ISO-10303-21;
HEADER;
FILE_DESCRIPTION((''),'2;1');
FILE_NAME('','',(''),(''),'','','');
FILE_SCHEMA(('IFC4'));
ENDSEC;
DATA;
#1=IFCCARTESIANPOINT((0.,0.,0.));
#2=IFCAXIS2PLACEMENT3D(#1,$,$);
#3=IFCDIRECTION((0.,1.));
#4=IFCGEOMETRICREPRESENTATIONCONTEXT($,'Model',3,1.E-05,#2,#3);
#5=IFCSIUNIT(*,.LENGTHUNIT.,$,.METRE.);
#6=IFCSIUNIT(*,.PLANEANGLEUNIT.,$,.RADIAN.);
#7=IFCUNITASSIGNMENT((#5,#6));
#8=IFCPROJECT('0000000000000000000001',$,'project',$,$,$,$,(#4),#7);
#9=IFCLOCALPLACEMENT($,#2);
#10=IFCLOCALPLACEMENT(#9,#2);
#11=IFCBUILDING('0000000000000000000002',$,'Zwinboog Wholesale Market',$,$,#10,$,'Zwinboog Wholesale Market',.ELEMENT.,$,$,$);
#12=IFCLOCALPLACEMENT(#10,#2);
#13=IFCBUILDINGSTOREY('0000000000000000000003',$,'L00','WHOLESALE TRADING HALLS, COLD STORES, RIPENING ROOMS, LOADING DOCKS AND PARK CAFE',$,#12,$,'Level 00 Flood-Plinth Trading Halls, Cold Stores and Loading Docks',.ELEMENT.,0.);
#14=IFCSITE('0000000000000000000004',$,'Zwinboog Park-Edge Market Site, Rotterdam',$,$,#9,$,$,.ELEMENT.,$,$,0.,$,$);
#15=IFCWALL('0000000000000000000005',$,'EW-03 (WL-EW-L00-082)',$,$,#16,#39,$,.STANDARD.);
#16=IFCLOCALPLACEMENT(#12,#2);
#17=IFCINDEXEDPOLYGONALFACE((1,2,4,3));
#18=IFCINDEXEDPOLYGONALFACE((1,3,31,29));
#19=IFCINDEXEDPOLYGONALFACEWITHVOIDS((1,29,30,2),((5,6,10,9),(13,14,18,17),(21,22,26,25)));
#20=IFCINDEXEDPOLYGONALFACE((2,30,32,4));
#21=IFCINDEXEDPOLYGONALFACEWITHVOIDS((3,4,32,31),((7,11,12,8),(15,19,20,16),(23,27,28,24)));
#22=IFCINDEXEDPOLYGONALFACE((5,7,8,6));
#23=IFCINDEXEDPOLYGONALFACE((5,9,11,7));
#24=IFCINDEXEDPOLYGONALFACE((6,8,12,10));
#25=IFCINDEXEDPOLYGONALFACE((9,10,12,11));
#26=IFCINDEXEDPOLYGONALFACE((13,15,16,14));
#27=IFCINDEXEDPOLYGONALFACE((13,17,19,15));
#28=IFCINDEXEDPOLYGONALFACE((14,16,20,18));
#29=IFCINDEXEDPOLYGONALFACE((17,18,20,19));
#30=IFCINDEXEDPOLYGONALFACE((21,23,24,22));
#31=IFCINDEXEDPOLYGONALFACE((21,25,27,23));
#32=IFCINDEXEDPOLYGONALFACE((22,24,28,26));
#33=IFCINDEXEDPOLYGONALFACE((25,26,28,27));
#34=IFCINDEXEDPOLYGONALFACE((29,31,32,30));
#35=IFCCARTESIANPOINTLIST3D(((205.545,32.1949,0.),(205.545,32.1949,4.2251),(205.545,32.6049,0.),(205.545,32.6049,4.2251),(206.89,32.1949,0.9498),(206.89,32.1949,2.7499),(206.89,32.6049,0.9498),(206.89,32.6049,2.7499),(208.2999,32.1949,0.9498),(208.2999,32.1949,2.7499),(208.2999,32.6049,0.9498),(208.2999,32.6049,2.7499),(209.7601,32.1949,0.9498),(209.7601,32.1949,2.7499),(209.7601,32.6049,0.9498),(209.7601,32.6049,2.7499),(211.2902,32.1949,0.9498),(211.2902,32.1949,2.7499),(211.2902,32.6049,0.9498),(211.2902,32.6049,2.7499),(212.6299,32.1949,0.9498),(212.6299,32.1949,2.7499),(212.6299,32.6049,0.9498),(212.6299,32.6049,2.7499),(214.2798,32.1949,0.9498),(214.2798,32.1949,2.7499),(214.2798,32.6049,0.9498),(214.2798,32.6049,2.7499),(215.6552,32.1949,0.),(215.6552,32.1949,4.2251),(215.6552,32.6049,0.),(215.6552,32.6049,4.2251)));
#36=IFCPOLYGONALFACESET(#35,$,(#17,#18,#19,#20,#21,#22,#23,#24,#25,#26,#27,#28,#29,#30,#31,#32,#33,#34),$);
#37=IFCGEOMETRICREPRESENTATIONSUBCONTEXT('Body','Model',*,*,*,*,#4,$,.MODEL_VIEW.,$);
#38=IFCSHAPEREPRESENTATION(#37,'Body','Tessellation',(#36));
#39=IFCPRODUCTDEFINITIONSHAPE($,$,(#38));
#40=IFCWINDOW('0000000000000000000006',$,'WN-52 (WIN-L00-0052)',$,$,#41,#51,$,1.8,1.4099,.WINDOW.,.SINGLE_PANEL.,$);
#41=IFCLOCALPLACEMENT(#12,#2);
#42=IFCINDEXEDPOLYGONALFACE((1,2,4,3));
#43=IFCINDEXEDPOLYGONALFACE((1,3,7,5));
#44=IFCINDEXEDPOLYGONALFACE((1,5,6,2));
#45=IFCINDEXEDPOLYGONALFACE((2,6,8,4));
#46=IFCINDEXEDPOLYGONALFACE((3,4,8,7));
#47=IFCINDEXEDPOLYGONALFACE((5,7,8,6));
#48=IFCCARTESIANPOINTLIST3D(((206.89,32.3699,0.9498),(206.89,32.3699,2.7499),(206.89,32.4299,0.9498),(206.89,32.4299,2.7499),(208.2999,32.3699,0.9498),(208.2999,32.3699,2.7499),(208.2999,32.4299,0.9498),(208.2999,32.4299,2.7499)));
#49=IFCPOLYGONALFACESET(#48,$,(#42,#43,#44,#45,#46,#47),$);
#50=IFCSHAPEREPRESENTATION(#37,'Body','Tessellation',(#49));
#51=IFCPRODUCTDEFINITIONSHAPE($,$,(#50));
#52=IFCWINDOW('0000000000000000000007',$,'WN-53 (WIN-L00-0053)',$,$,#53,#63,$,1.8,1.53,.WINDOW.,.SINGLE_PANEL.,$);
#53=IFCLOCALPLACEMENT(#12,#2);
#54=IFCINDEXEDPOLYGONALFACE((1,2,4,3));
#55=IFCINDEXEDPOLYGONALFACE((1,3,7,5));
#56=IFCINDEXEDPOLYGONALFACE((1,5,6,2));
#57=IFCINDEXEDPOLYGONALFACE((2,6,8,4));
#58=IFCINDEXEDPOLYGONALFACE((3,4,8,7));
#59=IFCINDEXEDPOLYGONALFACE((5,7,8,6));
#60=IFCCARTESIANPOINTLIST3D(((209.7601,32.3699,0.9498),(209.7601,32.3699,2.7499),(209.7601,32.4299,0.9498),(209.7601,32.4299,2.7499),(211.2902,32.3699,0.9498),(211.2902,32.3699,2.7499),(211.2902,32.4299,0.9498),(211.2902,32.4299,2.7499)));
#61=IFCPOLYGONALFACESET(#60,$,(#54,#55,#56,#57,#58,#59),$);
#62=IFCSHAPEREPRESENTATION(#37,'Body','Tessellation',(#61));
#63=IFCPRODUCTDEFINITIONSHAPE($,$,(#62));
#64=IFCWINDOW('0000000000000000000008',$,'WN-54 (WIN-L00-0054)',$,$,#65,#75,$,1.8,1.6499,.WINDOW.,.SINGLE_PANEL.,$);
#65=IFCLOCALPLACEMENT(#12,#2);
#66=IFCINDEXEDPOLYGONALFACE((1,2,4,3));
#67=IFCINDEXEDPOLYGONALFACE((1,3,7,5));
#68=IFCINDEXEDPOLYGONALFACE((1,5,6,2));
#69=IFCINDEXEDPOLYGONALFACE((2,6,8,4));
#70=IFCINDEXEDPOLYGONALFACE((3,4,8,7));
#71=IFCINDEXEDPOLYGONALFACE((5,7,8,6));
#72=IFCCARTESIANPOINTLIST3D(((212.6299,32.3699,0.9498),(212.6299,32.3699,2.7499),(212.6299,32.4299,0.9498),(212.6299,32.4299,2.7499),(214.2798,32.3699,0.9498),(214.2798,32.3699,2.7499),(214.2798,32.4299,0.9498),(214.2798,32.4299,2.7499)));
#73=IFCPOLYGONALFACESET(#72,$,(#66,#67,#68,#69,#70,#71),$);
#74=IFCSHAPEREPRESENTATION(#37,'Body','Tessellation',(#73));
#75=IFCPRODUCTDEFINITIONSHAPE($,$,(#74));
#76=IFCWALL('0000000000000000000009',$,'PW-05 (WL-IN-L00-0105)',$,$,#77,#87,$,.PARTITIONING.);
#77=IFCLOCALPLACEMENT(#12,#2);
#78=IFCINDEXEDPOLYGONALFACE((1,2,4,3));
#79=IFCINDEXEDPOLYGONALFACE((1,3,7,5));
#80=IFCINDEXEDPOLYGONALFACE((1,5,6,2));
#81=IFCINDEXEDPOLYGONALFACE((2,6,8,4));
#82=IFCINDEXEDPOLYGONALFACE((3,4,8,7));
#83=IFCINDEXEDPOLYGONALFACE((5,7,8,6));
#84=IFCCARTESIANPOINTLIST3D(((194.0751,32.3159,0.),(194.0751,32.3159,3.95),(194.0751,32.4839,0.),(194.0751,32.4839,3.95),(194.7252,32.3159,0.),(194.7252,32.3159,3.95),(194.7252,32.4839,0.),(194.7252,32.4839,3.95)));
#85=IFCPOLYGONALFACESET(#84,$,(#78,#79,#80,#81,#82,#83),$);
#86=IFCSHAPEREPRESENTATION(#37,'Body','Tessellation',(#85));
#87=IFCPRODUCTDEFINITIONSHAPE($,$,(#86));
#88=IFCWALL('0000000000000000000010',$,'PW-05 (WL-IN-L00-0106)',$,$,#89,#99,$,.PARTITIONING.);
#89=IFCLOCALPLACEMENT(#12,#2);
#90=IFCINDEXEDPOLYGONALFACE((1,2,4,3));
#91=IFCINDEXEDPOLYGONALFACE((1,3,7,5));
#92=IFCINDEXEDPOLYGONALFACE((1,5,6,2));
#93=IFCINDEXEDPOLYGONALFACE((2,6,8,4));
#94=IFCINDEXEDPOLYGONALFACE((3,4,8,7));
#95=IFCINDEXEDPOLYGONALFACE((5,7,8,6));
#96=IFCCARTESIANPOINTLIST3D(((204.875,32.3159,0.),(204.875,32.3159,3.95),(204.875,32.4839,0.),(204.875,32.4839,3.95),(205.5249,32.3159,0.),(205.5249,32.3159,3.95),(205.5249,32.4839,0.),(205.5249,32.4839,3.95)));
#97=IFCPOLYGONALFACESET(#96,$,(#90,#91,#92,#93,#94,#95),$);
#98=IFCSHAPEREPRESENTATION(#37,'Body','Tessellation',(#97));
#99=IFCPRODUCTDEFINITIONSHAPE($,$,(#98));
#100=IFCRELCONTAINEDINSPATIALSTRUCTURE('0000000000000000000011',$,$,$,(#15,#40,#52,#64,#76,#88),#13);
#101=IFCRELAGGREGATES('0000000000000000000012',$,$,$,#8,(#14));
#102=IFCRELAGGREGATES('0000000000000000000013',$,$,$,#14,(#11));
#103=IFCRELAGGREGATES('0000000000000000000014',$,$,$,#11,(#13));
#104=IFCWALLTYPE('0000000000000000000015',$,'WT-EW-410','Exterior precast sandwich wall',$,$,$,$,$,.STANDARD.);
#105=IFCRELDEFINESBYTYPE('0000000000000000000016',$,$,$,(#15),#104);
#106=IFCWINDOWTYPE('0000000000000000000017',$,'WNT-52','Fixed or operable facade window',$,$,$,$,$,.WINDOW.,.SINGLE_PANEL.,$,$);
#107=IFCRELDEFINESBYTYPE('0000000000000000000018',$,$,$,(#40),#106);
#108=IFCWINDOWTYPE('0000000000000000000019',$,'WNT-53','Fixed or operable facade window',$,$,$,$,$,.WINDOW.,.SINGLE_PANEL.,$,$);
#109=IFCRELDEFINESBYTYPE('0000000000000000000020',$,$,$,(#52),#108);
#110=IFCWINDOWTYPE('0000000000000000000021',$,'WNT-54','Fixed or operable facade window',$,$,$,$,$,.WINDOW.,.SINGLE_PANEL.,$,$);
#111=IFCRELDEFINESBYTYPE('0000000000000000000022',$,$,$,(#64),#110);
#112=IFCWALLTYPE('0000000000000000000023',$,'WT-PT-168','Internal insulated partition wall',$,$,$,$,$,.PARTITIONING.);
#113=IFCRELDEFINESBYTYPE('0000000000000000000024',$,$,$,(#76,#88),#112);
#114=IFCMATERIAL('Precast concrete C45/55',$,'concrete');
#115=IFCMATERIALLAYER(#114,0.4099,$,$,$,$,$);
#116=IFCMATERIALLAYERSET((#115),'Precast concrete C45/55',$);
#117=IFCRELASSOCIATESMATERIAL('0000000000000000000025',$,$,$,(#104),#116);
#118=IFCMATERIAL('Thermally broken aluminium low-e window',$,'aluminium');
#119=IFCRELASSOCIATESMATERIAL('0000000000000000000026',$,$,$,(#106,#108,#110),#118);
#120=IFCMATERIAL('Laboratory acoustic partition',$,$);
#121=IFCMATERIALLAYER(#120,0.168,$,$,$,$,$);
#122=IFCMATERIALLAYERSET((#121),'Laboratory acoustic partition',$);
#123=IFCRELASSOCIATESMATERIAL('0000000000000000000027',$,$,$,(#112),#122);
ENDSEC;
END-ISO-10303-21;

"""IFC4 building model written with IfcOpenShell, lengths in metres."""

from ifc_helpers import new_model, si_unit, direction, frame, frame_2d, origin, place, context, subcontext, project, spatial, rectangle, extrude, material, layer, layer_set, type_object, element, fill, save


model = new_model("IFC4")

# Units and contexts
model_context = context("Model", 3, precision=1e-05, world=origin(), true_north=direction((0.0, 1.0)))
body_context = subcontext(model_context, "Body", "Model", "MODEL_VIEW")
ifc_project = project(units=[si_unit("LENGTHUNIT", "METRE"), si_unit("PLANEANGLEUNIT", "RADIAN")], contexts=[model_context])

# Site, building, storey
site_placement = place(None, origin())
site = spatial("IfcSite", under=ifc_project, at=site_placement, Name="Zwinboog Park-Edge Market Site, Rotterdam", CompositionType="ELEMENT", RefElevation=0.0)
building_placement = place(site_placement, origin())
building = spatial("IfcBuilding", under=site, at=building_placement, Name="Zwinboog Wholesale Market", LongName="Zwinboog Wholesale Market", CompositionType="ELEMENT")
storey_placement = place(building_placement, origin())
storey = spatial("IfcBuildingStorey", under=building, at=storey_placement, Name="L00", Description="WHOLESALE TRADING HALLS, COLD STORES, RIPENING ROOMS, LOADING DOCKS AND PARK CAFE", LongName="Level 00 Flood-Plinth Trading Halls, Cold Stores and Loading Docks", CompositionType="ELEMENT", Elevation=0.0)

# Shared definitions
ifc_material_1 = material(Name="Precast concrete C45/55", Category="concrete")

# Wall, openings, windows
ifc_layer_1 = layer(ifc_material_1, 0.4099)
ifc_layer_set_1 = layer_set([ifc_layer_1], Name="Precast concrete C45/55")
wall_type_1 = type_object("IfcWallType", Name="WT-EW-410", Description="Exterior precast sandwich wall", PredefinedType="STANDARD", material=ifc_layer_set_1)
ifc_material_2 = material(Name="Thermally broken aluminium low-e window", Category="aluminium")
wall_1_placement = place(storey_placement, frame((205.5449, 32.3999, 0.0), z_axis=(0.0, 0.0, 1.0), x_axis=(1.0, 0.0, 0.0)))
wall_1 = element("IfcWall", 1, at=wall_1_placement, inside=storey, type_object=wall_type_1, Name="EW-03 (WL-EW-L00-082)", PredefinedType="STANDARD", context=body_context, shape_type="SweptSolid", body=[
    extrude(rectangle(XDim=10.1101, YDim=0.4099, at=frame_2d((5.0552, 0.0))), origin(), (0.0, 0.0, 1.0), 4.2251),
])
opening_1_placement = place(wall_1_placement, frame((1.345, 0.0, 0.95)))
opening_1 = element("IfcOpeningElement", 2, at=opening_1_placement, cuts=wall_1, PredefinedType="OPENING", context=body_context, shape_type="SweptSolid", body=[
    extrude(rectangle(XDim=1.4099, YDim=1.8, at=frame_2d((0.7051, 0.8999))), frame((0.0, 0.2148, 0.0), z_axis=(0.0, -1.0, 0.0), x_axis=(1.0, 0.0, 0.0)), (0.0, 0.0, 1.0), 0.4299),
])
opening_2_placement = place(wall_1_placement, frame((4.2151, 0.0, 0.95)))
opening_2 = element("IfcOpeningElement", 3, at=opening_2_placement, cuts=wall_1, PredefinedType="OPENING", context=body_context, shape_type="SweptSolid", body=[
    extrude(rectangle(XDim=1.53, YDim=1.8, at=frame_2d((0.7651, 0.8999))), frame((0.0, 0.2148, 0.0), z_axis=(0.0, -1.0, 0.0), x_axis=(1.0, 0.0, 0.0)), (0.0, 0.0, 1.0), 0.4299),
])
opening_3_placement = place(wall_1_placement, frame((7.085, 0.0, 0.95)))
opening_3 = element("IfcOpeningElement", 4, at=opening_3_placement, cuts=wall_1, PredefinedType="OPENING", context=body_context, shape_type="SweptSolid", body=[
    extrude(rectangle(XDim=1.6499, YDim=1.8, at=frame_2d((0.825, 0.8999))), frame((0.0, 0.2148, 0.0), z_axis=(0.0, -1.0, 0.0), x_axis=(1.0, 0.0, 0.0)), (0.0, 0.0, 1.0), 0.4299),
])
window_type_1 = type_object("IfcWindowType", Name="WNT-52", Description="Fixed or operable facade window", PartitioningType="SINGLE_PANEL", PredefinedType="WINDOW", material=ifc_material_2)
window_1_placement = place(opening_1_placement, origin())
window_1 = element("IfcWindow", 5, at=window_1_placement, inside=storey, type_object=window_type_1, Name="WN-52 (WIN-L00-0052)", OverallHeight=1.8, OverallWidth=1.4099, PartitioningType="SINGLE_PANEL", PredefinedType="WINDOW", context=body_context, shape_type="SweptSolid", body=[
    extrude(rectangle(XDim=1.4099, YDim=1.8, at=frame_2d((0.7051, 0.8999))), frame((0.0, 0.03, 0.0), z_axis=(0.0, -1.0, 0.0), x_axis=(1.0, 0.0, 0.0)), (0.0, 0.0, 1.0), 0.0601),
])
fill(opening_1, window_1)
window_type_2 = type_object("IfcWindowType", Name="WNT-53", Description="Fixed or operable facade window", PartitioningType="SINGLE_PANEL", PredefinedType="WINDOW", material=ifc_material_2)
window_2_placement = place(opening_2_placement, origin())
window_2 = element("IfcWindow", 6, at=window_2_placement, inside=storey, type_object=window_type_2, Name="WN-53 (WIN-L00-0053)", OverallHeight=1.8, OverallWidth=1.53, PartitioningType="SINGLE_PANEL", PredefinedType="WINDOW", context=body_context, shape_type="SweptSolid", body=[
    extrude(rectangle(XDim=1.53, YDim=1.8, at=frame_2d((0.7651, 0.8999))), frame((0.0, 0.03, 0.0), z_axis=(0.0, -1.0, 0.0), x_axis=(1.0, 0.0, 0.0)), (0.0, 0.0, 1.0), 0.0601),
])
fill(opening_2, window_2)
window_type_3 = type_object("IfcWindowType", Name="WNT-54", Description="Fixed or operable facade window", PartitioningType="SINGLE_PANEL", PredefinedType="WINDOW", material=ifc_material_2)
window_3_placement = place(opening_3_placement, origin())
window_3 = element("IfcWindow", 7, at=window_3_placement, inside=storey, type_object=window_type_3, Name="WN-54 (WIN-L00-0054)", OverallHeight=1.8, OverallWidth=1.6499, PartitioningType="SINGLE_PANEL", PredefinedType="WINDOW", context=body_context, shape_type="SweptSolid", body=[
    extrude(rectangle(XDim=1.6499, YDim=1.8, at=frame_2d((0.825, 0.8999))), frame((0.0, 0.03, 0.0), z_axis=(0.0, -1.0, 0.0), x_axis=(1.0, 0.0, 0.0)), (0.0, 0.0, 1.0), 0.0601),
])
fill(opening_3, window_3)

# Walls
ifc_material_3 = material(Name="Laboratory acoustic partition")
ifc_layer_2 = layer(ifc_material_3, 0.168)
ifc_layer_set_2 = layer_set([ifc_layer_2], Name="Laboratory acoustic partition")
wall_type_2 = type_object("IfcWallType", Name="WT-PT-168", Description="Internal insulated partition wall", PredefinedType="PARTITIONING", material=ifc_layer_set_2)
wall_2_placement = place(storey_placement, frame((194.075, 32.3999, 0.0), z_axis=(0.0, 0.0, 1.0), x_axis=(1.0, 0.0, 0.0)))
element("IfcWall", 8, at=wall_2_placement, inside=storey, type_object=wall_type_2, Name="PW-05 (WL-IN-L00-0105)", PredefinedType="PARTITIONING", context=body_context, shape_type="SweptSolid", body=[
    extrude(rectangle(XDim=0.6501, YDim=0.168, at=frame_2d((0.3252, 0.0))), origin(), (0.0, 0.0, 1.0), 3.95),
])
wall_3_placement = place(storey_placement, frame((204.875, 32.3999, 0.0), z_axis=(0.0, 0.0, 1.0), x_axis=(1.0, 0.0, 0.0)))
element("IfcWall", 9, at=wall_3_placement, inside=storey, type_object=wall_type_2, Name="PW-05 (WL-IN-L00-0106)", PredefinedType="PARTITIONING", context=body_context, shape_type="SweptSolid", body=[
    extrude(rectangle(XDim=0.6499, YDim=0.168, at=frame_2d((0.325, 0.0))), origin(), (0.0, 0.0, 1.0), 3.95),
])

save(model, "model.ifc")
